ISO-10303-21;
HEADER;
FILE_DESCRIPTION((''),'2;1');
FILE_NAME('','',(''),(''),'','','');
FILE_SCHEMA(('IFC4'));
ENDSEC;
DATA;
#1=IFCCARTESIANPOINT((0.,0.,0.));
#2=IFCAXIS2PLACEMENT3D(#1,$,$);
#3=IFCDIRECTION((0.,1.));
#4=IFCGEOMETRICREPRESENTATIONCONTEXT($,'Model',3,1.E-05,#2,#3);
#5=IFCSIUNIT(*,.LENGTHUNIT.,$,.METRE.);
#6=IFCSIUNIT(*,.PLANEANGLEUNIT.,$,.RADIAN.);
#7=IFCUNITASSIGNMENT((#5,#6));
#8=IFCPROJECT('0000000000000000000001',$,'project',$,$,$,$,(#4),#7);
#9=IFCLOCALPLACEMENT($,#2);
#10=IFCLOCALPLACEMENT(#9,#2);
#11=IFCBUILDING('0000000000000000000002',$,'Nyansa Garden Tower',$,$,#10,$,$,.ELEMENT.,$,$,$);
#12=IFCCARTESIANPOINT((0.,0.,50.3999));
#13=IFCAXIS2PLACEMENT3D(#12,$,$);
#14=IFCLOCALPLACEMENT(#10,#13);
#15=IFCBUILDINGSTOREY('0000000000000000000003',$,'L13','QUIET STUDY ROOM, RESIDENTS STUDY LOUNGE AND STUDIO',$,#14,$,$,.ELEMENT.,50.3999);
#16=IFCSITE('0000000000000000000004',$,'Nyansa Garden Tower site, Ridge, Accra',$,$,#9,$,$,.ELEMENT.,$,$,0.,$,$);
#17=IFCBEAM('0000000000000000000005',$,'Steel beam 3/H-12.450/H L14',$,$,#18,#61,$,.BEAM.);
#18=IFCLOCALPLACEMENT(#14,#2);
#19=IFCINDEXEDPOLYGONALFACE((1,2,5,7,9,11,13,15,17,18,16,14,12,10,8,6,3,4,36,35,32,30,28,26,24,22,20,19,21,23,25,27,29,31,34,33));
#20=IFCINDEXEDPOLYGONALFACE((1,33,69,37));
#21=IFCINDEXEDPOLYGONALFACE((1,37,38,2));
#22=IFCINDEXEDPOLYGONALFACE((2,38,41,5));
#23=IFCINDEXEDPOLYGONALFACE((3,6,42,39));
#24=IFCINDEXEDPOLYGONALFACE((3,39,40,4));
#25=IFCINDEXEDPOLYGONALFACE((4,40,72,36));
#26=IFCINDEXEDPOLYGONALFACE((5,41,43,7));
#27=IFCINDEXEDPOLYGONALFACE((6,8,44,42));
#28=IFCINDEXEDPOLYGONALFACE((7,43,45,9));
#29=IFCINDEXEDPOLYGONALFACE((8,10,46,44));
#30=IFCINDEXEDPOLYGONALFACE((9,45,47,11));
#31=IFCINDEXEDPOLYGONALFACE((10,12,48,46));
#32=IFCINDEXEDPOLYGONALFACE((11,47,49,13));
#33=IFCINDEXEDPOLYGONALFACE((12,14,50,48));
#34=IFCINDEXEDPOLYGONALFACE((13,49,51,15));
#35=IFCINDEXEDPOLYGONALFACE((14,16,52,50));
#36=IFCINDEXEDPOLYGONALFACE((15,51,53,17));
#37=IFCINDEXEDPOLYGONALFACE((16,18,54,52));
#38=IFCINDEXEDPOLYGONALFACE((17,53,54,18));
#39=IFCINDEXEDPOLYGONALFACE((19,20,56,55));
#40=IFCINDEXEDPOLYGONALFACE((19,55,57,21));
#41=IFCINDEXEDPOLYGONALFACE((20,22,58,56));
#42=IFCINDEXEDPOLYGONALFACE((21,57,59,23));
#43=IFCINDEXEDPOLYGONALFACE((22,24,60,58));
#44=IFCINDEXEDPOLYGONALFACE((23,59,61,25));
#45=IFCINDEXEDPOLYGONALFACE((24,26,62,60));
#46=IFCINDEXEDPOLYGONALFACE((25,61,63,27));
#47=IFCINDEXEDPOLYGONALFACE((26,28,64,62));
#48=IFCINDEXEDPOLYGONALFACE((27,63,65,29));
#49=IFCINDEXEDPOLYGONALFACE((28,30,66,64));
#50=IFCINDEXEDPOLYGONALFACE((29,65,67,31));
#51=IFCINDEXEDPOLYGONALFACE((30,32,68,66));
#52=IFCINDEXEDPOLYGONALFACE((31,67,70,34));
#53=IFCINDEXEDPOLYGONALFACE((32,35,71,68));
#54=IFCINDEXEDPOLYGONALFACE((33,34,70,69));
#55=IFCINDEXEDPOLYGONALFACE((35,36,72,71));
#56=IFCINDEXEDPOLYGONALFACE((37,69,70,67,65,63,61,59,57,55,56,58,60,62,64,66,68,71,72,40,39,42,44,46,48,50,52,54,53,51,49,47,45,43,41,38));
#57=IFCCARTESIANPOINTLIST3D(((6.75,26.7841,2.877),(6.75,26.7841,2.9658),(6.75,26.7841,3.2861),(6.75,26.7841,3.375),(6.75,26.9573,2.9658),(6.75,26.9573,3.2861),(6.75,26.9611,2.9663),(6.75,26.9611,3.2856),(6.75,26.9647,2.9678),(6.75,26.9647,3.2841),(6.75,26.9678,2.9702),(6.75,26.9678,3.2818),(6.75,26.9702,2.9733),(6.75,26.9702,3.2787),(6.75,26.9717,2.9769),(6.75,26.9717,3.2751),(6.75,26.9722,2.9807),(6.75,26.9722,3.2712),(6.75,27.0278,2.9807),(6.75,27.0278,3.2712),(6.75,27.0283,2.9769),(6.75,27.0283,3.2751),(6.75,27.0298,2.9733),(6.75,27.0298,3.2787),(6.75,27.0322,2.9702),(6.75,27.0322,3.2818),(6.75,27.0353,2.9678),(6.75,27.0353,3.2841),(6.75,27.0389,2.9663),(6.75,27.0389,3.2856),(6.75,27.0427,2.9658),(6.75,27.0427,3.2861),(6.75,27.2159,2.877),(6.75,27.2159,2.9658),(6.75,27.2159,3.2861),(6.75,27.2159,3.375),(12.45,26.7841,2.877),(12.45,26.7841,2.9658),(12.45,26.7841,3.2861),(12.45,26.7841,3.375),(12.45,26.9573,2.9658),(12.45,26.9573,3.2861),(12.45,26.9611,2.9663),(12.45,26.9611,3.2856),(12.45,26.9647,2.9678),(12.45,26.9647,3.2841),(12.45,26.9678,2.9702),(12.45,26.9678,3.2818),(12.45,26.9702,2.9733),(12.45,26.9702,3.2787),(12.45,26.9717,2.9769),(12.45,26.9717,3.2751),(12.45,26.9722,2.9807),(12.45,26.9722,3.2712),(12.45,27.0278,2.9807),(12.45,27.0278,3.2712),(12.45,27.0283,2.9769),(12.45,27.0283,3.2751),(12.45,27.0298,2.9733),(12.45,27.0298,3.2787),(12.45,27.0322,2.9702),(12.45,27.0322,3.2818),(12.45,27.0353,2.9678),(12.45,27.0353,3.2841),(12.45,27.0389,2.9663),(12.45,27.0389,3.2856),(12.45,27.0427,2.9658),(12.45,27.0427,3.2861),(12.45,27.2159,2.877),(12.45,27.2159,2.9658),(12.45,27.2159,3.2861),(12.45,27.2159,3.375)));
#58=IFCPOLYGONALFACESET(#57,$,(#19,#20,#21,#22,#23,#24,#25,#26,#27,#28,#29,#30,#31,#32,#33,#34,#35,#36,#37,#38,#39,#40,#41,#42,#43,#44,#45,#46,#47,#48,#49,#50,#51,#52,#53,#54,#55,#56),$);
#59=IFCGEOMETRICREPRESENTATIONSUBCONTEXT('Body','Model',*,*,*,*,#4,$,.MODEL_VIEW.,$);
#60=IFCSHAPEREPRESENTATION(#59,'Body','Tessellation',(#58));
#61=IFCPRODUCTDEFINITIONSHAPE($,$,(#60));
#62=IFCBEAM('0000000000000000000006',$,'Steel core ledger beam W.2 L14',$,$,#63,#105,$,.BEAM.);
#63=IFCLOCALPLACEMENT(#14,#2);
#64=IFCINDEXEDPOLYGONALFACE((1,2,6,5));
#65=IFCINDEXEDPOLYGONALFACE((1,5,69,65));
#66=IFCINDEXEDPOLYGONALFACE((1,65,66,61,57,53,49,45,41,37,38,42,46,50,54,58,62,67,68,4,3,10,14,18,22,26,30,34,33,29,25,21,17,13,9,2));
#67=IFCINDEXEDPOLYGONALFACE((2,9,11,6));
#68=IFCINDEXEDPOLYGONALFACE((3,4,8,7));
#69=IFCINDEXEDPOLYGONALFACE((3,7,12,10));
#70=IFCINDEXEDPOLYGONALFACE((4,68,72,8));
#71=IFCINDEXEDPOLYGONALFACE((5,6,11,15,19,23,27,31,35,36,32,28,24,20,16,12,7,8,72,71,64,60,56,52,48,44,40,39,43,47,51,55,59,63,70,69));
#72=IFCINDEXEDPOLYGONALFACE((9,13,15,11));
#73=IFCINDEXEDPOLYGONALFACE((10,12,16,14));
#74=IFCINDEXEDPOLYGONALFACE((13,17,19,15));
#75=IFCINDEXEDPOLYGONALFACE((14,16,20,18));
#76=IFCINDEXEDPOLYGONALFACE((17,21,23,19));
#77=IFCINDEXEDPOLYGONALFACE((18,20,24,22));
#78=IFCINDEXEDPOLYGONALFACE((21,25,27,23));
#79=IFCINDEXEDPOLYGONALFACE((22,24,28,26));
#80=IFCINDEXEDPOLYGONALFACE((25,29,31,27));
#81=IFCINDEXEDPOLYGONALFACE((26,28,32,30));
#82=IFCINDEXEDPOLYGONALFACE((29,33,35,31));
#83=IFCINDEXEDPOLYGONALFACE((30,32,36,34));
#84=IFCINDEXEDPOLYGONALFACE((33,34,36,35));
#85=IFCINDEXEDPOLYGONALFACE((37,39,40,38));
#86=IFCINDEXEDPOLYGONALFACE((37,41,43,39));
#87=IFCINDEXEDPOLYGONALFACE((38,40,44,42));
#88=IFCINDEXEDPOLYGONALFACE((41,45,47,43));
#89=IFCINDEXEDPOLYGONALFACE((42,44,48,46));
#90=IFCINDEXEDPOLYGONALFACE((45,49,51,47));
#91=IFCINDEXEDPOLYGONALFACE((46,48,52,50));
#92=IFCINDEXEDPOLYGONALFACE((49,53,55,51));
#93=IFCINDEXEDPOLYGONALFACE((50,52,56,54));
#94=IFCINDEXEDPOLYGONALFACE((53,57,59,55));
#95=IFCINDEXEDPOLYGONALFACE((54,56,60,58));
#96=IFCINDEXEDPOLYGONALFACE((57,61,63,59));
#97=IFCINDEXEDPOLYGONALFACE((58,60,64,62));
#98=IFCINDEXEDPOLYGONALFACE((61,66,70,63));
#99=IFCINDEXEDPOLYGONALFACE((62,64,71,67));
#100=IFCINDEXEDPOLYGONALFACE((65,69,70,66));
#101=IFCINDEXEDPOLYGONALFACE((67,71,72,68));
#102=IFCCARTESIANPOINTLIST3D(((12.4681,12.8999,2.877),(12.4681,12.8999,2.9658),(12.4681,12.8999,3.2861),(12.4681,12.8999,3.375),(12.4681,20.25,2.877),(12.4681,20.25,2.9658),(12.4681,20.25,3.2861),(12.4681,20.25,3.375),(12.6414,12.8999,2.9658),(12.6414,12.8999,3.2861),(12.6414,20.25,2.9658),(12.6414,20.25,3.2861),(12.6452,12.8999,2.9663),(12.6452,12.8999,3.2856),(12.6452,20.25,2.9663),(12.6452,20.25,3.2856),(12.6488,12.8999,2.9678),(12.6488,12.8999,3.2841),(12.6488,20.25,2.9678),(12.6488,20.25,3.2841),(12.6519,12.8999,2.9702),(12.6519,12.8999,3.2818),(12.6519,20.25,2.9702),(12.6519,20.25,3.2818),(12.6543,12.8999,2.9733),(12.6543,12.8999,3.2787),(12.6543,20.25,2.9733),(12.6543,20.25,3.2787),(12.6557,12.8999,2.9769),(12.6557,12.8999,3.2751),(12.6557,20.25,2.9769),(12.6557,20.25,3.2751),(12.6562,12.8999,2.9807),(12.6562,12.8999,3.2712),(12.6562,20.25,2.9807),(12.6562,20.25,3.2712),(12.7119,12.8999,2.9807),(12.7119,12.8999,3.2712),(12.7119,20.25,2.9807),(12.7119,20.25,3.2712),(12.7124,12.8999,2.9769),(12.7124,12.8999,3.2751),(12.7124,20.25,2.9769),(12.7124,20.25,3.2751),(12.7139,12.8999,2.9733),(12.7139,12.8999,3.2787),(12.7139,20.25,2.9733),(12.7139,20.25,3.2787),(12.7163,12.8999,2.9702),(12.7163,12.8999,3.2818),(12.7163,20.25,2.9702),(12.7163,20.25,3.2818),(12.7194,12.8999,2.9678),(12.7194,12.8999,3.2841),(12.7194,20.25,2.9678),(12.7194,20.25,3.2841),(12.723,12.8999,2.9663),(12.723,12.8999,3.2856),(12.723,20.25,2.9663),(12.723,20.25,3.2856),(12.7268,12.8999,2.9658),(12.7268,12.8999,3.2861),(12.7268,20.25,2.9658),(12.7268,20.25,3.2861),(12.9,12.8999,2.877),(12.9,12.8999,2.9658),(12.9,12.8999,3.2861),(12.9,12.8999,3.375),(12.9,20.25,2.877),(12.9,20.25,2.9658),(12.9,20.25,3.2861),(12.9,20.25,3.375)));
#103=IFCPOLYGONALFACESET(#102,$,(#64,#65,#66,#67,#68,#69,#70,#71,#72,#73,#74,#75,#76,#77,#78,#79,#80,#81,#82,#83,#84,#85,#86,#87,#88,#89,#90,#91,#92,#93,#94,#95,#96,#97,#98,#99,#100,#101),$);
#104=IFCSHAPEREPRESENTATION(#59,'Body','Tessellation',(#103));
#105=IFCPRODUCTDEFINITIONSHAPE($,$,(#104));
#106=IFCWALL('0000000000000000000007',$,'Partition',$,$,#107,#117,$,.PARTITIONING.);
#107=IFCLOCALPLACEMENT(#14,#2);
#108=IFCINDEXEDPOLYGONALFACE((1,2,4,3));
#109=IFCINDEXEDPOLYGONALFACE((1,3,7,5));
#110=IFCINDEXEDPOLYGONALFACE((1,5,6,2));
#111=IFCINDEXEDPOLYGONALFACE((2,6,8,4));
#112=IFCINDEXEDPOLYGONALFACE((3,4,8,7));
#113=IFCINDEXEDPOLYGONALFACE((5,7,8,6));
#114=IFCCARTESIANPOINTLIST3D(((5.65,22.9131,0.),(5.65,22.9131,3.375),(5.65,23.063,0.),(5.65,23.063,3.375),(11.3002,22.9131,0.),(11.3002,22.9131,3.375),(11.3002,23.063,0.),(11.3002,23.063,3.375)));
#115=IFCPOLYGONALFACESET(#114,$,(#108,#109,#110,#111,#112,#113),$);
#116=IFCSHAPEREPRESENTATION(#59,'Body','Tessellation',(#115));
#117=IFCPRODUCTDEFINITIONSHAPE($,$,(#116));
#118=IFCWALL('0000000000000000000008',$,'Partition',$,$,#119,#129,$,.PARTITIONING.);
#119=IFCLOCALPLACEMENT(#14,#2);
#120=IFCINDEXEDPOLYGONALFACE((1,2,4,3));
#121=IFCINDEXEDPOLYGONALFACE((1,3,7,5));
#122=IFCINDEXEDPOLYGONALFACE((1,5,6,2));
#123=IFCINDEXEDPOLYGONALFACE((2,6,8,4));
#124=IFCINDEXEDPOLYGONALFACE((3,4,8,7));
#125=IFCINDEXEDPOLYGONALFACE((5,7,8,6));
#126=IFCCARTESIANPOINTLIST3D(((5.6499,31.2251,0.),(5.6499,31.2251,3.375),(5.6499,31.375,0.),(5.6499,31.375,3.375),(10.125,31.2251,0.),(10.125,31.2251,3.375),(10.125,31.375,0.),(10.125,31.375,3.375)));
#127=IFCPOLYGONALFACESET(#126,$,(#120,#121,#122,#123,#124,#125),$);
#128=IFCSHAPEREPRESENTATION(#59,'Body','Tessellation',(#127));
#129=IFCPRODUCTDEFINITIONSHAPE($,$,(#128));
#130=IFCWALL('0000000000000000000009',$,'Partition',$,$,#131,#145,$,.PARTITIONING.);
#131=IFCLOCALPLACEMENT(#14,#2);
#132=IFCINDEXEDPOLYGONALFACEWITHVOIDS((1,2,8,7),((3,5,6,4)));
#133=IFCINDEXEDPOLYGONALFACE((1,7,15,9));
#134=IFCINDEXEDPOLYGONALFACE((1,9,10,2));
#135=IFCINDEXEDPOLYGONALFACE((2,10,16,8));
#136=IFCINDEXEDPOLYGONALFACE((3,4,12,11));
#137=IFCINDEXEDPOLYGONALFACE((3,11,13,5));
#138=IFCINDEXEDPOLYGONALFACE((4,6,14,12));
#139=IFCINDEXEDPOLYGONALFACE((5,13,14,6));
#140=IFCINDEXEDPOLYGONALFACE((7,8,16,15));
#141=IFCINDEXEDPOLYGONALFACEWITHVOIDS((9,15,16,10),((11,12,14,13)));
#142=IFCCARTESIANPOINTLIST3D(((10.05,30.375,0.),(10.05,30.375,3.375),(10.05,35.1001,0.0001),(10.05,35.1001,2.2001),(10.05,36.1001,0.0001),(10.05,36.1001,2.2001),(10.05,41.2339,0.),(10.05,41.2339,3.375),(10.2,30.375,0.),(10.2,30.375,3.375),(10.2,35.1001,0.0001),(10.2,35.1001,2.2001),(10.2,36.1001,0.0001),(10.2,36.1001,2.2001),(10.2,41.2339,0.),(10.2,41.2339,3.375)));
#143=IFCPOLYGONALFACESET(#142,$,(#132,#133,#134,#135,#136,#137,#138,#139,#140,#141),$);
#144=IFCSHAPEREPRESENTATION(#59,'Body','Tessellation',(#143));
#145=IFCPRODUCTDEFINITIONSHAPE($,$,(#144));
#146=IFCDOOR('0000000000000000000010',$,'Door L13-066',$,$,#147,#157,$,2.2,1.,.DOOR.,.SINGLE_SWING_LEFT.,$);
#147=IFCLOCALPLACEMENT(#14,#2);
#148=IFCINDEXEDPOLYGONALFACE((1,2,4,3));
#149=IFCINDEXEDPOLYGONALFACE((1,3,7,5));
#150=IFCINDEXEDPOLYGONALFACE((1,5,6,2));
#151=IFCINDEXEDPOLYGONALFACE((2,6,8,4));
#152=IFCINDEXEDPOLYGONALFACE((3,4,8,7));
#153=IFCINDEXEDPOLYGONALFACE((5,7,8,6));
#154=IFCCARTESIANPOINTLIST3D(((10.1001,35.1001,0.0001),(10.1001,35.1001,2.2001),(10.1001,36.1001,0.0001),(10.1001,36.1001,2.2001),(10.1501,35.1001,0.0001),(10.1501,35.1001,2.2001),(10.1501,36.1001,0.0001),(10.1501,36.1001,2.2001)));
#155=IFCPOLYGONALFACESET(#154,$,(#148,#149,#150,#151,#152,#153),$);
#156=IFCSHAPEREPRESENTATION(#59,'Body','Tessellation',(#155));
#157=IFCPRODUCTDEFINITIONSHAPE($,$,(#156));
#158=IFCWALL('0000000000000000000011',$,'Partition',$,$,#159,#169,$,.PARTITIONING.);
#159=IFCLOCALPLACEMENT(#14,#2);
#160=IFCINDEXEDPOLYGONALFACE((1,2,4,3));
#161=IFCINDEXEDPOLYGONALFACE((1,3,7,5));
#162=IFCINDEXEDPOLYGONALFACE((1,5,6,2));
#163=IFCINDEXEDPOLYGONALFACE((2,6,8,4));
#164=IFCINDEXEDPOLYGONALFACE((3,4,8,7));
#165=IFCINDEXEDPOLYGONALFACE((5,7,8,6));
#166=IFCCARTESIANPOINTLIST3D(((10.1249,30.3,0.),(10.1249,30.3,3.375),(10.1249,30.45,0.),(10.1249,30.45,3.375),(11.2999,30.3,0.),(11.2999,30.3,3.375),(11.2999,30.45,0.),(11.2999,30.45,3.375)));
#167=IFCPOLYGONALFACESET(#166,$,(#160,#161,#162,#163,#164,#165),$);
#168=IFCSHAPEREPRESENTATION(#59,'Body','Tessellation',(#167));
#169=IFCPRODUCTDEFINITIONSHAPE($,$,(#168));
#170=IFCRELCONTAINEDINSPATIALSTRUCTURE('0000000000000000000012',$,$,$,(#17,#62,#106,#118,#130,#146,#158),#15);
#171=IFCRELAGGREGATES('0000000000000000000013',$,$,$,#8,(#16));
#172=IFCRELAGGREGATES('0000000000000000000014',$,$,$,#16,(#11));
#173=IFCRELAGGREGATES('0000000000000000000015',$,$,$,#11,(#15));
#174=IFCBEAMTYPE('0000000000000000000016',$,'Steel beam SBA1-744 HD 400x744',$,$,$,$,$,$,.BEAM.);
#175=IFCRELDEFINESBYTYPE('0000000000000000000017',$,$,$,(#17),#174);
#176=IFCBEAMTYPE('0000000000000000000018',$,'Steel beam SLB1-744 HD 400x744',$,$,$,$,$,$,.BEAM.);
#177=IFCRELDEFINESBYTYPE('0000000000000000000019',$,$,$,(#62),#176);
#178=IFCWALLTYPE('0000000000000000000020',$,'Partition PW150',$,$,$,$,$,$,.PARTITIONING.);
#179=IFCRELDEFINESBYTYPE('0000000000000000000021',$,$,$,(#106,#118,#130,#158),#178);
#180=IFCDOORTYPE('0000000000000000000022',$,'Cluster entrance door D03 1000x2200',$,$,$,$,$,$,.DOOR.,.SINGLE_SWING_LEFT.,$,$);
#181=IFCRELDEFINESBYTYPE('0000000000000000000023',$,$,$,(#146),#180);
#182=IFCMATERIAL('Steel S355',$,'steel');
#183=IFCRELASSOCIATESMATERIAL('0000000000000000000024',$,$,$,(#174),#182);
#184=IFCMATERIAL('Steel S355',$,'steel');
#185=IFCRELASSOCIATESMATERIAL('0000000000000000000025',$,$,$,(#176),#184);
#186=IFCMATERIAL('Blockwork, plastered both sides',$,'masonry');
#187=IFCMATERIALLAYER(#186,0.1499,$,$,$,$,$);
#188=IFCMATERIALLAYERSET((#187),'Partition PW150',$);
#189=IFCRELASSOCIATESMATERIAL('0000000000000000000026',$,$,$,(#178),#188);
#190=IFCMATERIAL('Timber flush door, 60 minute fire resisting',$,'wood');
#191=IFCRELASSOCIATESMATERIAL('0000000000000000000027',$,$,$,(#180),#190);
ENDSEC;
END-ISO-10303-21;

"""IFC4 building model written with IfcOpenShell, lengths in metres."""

from ifc_helpers import new_model, si_unit, direction, frame, frame_2d, origin, origin_2d, place, context, subcontext, project, spatial, rectangle, i_section, extrude, material, layer, layer_set, material_profile, profile_set, type_object, element, fill, save


model = new_model("IFC4")

# Units and contexts
model_context = context("Model", 3, precision=1e-05, world=origin(), true_north=direction((0.0, 1.0)))
body_context = subcontext(model_context, "Body", "Model", "MODEL_VIEW")
ifc_project = project(units=[si_unit("LENGTHUNIT", "METRE"), si_unit("PLANEANGLEUNIT", "RADIAN")], contexts=[model_context])

# Site, building, storey
site_placement = place(None, origin())
site = spatial("IfcSite", under=ifc_project, at=site_placement, Name="Nyansa Garden Tower site, Ridge, Accra", CompositionType="ELEMENT", RefElevation=0.0)
building_placement = place(site_placement, origin())
building = spatial("IfcBuilding", under=site, at=building_placement, Name="Nyansa Garden Tower", CompositionType="ELEMENT")
storey_placement = place(building_placement, frame((0.0, 0.0, 50.3999)))
storey = spatial("IfcBuildingStorey", under=building, at=storey_placement, Name="L13", Description="QUIET STUDY ROOM, RESIDENTS STUDY LOUNGE AND STUDIO", CompositionType="ELEMENT", Elevation=50.3999)

# Beams
ifc_material_1 = material(Name="Steel S355", Category="steel")
ifc_material_profile_1 = material_profile(ifc_material_1, i_section(OverallWidth=0.4319, OverallDepth=0.498, WebThickness=0.0557, FlangeThickness=0.0889, FilletRadius=0.0149, at=origin_2d()), Name="HD 400x744")
ifc_profile_set_1 = profile_set([ifc_material_profile_1], Name="Steel S355")
beam_type_1 = type_object("IfcBeamType", Name="Steel beam SBA1-744 HD 400x744", PredefinedType="BEAM", material=ifc_profile_set_1)
beam_1_placement = place(storey_placement, frame((6.75, 27.0, 3.126), z_axis=(1.0, 0.0, 0.0), x_axis=(0.0, 1.0, 0.0)))
element("IfcBeam", 1, at=beam_1_placement, inside=storey, type_object=beam_type_1, Name="Steel beam 3/H-12.450/H L14", PredefinedType="BEAM", context=body_context, shape_type="SweptSolid", body=[
    extrude(i_section(OverallWidth=0.4319, OverallDepth=0.498, WebThickness=0.0557, FlangeThickness=0.0889, FilletRadius=0.0149, at=origin_2d()), origin(), (0.0, 0.0, 1.0), 5.7),
])
ifc_material_2 = material(Name="Steel S355", Category="steel")
ifc_material_profile_2 = material_profile(ifc_material_2, i_section(OverallWidth=0.4319, OverallDepth=0.498, WebThickness=0.0557, FlangeThickness=0.0889, FilletRadius=0.0149, at=origin_2d()), Name="HD 400x744")
ifc_profile_set_2 = profile_set([ifc_material_profile_2], Name="Steel S355")
beam_type_2 = type_object("IfcBeamType", Name="Steel beam SLB1-744 HD 400x744", PredefinedType="BEAM", material=ifc_profile_set_2)
beam_2_placement = place(storey_placement, frame((12.6841, 20.25, 3.126), z_axis=(0.0, -1.0, 0.0), x_axis=(1.0, 0.0, 0.0)))
element("IfcBeam", 2, at=beam_2_placement, inside=storey, type_object=beam_type_2, Name="Steel core ledger beam W.2 L14", PredefinedType="BEAM", context=body_context, shape_type="SweptSolid", body=[
    extrude(i_section(OverallWidth=0.4319, OverallDepth=0.498, WebThickness=0.0557, FlangeThickness=0.0889, FilletRadius=0.0149, at=origin_2d()), origin(), (0.0, 0.0, 1.0), 7.3501),
])

# Walls
ifc_material_3 = material(Name="Blockwork, plastered both sides", Category="masonry")
ifc_layer = layer(ifc_material_3, 0.1499)
ifc_layer_set = layer_set([ifc_layer], Name="Partition PW150")
wall_type = type_object("IfcWallType", Name="Partition PW150", PredefinedType="PARTITIONING", material=ifc_layer_set)
wall_1_placement = place(storey_placement, frame((5.6499, 22.988, 0.0), z_axis=(0.0, 0.0, 1.0), x_axis=(1.0, 0.0, 0.0)))
element("IfcWall", 3, at=wall_1_placement, inside=storey, type_object=wall_type, Name="Partition", PredefinedType="PARTITIONING", context=body_context, shape_type="SweptSolid", body=[
    extrude(rectangle(XDim=5.6501, YDim=0.1499, at=frame_2d((2.8252, 0.0))), origin(), (0.0, 0.0, 1.0), 3.375),
])
wall_2_placement = place(storey_placement, frame((5.6499, 31.3, 0.0), z_axis=(0.0, 0.0, 1.0), x_axis=(1.0, 0.0, 0.0)))
element("IfcWall", 4, at=wall_2_placement, inside=storey, type_object=wall_type, Name="Partition", PredefinedType="PARTITIONING", context=body_context, shape_type="SweptSolid", body=[
    extrude(rectangle(XDim=4.4751, YDim=0.1499, at=frame_2d((2.2375, 0.0))), origin(), (0.0, 0.0, 1.0), 3.375),
])

# Wall, opening, door
wall_3_placement = place(storey_placement, frame((10.125, 30.375, 0.0), z_axis=(0.0, 0.0, 1.0), x_axis=(0.0, 1.0, 0.0)))
wall_3 = element("IfcWall", 5, at=wall_3_placement, inside=storey, type_object=wall_type, Name="Partition", PredefinedType="PARTITIONING", context=body_context, shape_type="SweptSolid", body=[
    extrude(rectangle(XDim=10.8589, YDim=0.1499, at=frame_2d((5.4294, 0.0))), origin(), (0.0, 0.0, 1.0), 3.375),
])
opening_1_placement = place(wall_3_placement, frame((4.7251, 0.0, 0.0)))
opening_1 = element("IfcOpeningElement", 6, at=opening_1_placement, cuts=wall_3, PredefinedType="OPENING", context=body_context, shape_type="SweptSolid", body=[
    extrude(rectangle(XDim=1.0, YDim=2.2, at=frame_2d((0.5, 1.1001))), frame((0.0, 0.085, 0.0), z_axis=(0.0, -1.0, 0.0), x_axis=(1.0, 0.0, 0.0)), (0.0, 0.0, 1.0), 0.1699),
])
ifc_material_4 = material(Name="Timber flush door, 60 minute fire resisting", Category="wood")
door_type_1 = type_object("IfcDoorType", Name="Cluster entrance door D03 1000x2200", OperationType="SINGLE_SWING_LEFT", PredefinedType="DOOR", material=ifc_material_4)
door_1_placement = place(opening_1_placement, origin())
door_1 = element("IfcDoor", 7, at=door_1_placement, inside=storey, type_object=door_type_1, Name="Door L13-066", OperationType="SINGLE_SWING_LEFT", OverallHeight=2.2, OverallWidth=1.0, PredefinedType="DOOR", context=body_context, shape_type="SweptSolid", body=[
    extrude(rectangle(XDim=1.0, YDim=2.2, at=frame_2d((0.5, 1.1001))), frame((0.0, 0.0249, 0.0), z_axis=(0.0, -1.0, 0.0), x_axis=(1.0, 0.0, 0.0)), (0.0, 0.0, 1.0), 0.05),
])
fill(opening_1, door_1)

# Wall
wall_4_placement = place(storey_placement, frame((10.125, 30.375, 0.0), z_axis=(0.0, 0.0, 1.0), x_axis=(1.0, 0.0, 0.0)))
element("IfcWall", 8, at=wall_4_placement, inside=storey, type_object=wall_type, Name="Partition", PredefinedType="PARTITIONING", context=body_context, shape_type="SweptSolid", body=[
    extrude(rectangle(XDim=1.175, YDim=0.1499, at=frame_2d((0.5874, 0.0))), origin(), (0.0, 0.0, 1.0), 3.375),
])

save(model, "model.ifc")
